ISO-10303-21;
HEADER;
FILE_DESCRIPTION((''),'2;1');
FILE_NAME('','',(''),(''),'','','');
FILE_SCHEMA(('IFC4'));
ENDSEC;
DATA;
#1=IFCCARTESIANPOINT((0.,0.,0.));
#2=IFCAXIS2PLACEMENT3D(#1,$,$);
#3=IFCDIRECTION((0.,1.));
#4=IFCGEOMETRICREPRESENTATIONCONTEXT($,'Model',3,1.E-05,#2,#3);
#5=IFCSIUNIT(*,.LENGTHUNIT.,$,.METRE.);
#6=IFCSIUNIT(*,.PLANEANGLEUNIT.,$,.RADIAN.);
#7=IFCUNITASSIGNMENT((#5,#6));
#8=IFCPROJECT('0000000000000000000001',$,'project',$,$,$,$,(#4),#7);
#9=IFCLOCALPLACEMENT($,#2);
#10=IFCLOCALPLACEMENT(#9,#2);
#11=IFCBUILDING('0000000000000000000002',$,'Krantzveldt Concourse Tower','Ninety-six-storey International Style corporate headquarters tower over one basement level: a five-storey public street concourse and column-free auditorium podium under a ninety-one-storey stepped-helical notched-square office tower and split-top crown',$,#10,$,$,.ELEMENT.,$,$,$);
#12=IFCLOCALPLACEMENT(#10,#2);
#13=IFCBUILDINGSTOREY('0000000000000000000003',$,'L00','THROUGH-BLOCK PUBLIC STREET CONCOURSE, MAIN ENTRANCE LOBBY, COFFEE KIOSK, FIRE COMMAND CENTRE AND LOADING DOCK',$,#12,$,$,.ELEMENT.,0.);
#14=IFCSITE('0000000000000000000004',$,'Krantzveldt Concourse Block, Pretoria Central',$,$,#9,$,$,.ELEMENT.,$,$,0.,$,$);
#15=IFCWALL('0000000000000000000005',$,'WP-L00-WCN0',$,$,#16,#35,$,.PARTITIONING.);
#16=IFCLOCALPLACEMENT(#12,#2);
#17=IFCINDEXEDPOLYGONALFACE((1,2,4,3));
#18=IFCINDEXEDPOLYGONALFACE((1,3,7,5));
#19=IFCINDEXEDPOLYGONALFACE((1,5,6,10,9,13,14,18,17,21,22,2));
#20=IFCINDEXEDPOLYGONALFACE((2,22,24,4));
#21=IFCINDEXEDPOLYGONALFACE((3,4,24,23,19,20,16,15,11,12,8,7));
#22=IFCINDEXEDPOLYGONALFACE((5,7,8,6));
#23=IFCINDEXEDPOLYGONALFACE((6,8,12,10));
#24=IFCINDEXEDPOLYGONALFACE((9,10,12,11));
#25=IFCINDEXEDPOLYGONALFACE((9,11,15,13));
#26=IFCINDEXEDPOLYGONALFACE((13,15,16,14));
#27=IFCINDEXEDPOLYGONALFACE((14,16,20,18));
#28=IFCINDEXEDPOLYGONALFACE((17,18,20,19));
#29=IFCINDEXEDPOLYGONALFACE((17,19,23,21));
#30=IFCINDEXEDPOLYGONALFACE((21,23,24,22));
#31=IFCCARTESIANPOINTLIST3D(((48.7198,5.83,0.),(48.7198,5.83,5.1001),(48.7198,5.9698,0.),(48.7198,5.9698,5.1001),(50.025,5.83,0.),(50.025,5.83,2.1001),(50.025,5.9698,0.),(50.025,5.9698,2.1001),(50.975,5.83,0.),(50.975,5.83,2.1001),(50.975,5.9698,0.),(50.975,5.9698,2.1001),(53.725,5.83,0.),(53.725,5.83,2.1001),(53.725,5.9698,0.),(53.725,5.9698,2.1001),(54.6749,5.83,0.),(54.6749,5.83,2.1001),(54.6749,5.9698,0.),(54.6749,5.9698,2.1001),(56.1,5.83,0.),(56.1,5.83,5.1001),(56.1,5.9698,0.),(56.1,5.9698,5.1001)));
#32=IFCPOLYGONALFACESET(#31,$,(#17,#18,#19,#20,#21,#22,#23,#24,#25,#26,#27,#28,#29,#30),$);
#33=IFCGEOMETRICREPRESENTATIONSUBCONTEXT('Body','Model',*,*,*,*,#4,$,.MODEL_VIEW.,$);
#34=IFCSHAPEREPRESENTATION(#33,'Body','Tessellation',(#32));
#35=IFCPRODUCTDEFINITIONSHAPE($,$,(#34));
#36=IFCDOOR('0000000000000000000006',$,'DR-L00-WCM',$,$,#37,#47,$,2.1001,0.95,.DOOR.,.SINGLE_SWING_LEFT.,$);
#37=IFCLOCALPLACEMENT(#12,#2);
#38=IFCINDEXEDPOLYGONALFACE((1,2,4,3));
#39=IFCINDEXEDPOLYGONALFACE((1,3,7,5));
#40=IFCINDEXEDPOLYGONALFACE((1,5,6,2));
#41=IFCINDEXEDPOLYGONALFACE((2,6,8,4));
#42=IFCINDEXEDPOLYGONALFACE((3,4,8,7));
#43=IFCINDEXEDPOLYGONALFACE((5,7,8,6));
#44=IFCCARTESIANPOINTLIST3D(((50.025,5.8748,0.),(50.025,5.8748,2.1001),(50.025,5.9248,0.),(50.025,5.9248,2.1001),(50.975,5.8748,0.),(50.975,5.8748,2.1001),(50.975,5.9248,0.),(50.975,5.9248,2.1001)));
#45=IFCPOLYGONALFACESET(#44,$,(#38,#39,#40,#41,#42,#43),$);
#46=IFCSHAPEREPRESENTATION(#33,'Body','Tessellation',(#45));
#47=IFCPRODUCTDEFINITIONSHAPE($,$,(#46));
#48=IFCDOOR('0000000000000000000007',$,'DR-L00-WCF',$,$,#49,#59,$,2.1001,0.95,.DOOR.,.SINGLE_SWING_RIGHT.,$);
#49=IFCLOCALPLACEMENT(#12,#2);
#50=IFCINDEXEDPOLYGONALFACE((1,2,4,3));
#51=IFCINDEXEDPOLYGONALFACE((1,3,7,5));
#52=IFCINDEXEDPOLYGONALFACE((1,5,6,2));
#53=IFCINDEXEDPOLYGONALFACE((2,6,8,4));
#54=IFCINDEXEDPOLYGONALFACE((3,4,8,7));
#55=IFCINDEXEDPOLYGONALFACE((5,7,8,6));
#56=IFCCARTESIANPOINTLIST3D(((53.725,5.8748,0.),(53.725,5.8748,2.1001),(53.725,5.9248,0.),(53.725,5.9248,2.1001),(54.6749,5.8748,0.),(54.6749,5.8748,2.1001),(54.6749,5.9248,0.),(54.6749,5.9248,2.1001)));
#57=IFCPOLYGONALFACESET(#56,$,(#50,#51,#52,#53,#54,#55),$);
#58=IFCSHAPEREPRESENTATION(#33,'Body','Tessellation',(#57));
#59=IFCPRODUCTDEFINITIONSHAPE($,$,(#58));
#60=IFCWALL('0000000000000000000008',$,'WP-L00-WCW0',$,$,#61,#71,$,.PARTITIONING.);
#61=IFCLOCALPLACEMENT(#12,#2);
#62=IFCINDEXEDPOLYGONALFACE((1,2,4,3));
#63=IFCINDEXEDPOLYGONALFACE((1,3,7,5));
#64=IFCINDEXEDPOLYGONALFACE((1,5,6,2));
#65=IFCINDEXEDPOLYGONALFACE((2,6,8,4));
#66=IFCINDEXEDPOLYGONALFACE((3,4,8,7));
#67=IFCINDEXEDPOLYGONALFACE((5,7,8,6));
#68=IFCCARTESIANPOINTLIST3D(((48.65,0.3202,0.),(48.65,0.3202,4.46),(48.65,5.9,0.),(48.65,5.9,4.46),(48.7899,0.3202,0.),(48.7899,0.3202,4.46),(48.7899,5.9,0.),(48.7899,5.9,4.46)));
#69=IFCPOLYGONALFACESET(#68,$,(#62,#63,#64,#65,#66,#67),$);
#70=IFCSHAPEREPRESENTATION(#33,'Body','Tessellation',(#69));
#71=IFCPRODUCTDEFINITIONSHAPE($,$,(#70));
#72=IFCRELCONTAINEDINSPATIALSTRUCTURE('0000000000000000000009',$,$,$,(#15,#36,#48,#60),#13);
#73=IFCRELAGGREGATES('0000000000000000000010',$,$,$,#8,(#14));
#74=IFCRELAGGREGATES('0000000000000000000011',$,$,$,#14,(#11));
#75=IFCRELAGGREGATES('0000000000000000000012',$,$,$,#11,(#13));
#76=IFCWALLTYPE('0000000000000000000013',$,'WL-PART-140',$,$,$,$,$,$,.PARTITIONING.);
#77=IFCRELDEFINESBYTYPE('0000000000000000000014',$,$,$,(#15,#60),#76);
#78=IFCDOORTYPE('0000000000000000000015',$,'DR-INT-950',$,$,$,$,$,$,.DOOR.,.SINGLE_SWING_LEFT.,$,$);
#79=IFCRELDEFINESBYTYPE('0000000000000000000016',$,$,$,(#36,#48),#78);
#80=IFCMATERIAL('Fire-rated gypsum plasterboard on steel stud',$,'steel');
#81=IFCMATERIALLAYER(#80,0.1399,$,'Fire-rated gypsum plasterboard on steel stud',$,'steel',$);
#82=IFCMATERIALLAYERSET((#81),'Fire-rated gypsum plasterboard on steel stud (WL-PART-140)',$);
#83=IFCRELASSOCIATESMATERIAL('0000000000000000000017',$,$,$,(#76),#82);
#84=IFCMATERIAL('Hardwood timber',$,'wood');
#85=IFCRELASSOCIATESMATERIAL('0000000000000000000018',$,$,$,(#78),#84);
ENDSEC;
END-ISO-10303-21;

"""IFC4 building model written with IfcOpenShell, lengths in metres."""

from ifc_helpers import new_model, si_unit, direction, frame, frame_2d, origin, place, context, subcontext, project, spatial, rectangle, extrude, material, layer, layer_set, type_object, element, fill, save


model = new_model("IFC4")

# Units and contexts
model_context = context("Model", 3, precision=1e-05, world=origin(), true_north=direction((0.0, 1.0)))
body_context = subcontext(model_context, "Body", "Model", "MODEL_VIEW")
ifc_project = project(units=[si_unit("LENGTHUNIT", "METRE"), si_unit("PLANEANGLEUNIT", "RADIAN")], contexts=[model_context])

# Site, building, storey
site_placement = place(None, origin())
site = spatial("IfcSite", under=ifc_project, at=site_placement, Name="Krantzveldt Concourse Block, Pretoria Central", CompositionType="ELEMENT", RefElevation=0.0)
building_placement = place(site_placement, origin())
building = spatial("IfcBuilding", under=site, at=building_placement, Name="Krantzveldt Concourse Tower", Description="Ninety-six-storey International Style corporate headquarters tower over one basement level: a five-storey public street concourse and column-free auditorium podium under a ninety-one-storey stepped-helical notched-square office tower and split-top crown", CompositionType="ELEMENT")
storey_placement = place(building_placement, origin())
storey = spatial("IfcBuildingStorey", under=building, at=storey_placement, Name="L00", Description="THROUGH-BLOCK PUBLIC STREET CONCOURSE, MAIN ENTRANCE LOBBY, COFFEE KIOSK, FIRE COMMAND CENTRE AND LOADING DOCK", CompositionType="ELEMENT", Elevation=0.0)

# Shared definitions
ifc_material_1 = material(Name="Fire-rated gypsum plasterboard on steel stud", Category="steel")

# Wall, openings, doors
ifc_layer_1 = layer(ifc_material_1, 0.1399, Name="Fire-rated gypsum plasterboard on steel stud", Category="steel")
ifc_layer_set_1 = layer_set([ifc_layer_1], Name="Fire-rated gypsum plasterboard on steel stud (WL-PART-140)")
wall_type_1 = type_object("IfcWallType", Name="WL-PART-140", PredefinedType="PARTITIONING", material=ifc_layer_set_1)
wall_1_placement = place(storey_placement, frame((48.72, 5.8999, 0.0), z_axis=(0.0, 0.0, 1.0), x_axis=(1.0, 0.0, 0.0)))
wall_1 = element("IfcWall", 1, at=wall_1_placement, inside=storey, type_object=wall_type_1, Name="WP-L00-WCN0", PredefinedType="PARTITIONING", context=body_context, shape_type="SweptSolid", body=[
    extrude(rectangle(XDim=7.3801, YDim=0.1399, at=frame_2d((3.6899, 0.0))), origin(), (0.0, 0.0, 1.0), 5.1001),
])
opening_1_placement = place(wall_1_placement, frame((1.3049, 0.0, 0.0)))
opening_1 = element("IfcOpeningElement", 2, at=opening_1_placement, cuts=wall_1, PredefinedType="OPENING", context=body_context, shape_type="SweptSolid", body=[
    extrude(rectangle(XDim=0.95, YDim=2.1001, at=frame_2d((0.4751, 1.05))), frame((0.0, 0.0801, 0.0), z_axis=(0.0, -1.0, 0.0), x_axis=(1.0, 0.0, 0.0)), (0.0, 0.0, 1.0), 0.1599),
])
opening_2_placement = place(wall_1_placement, frame((5.0049, 0.0, 0.0)))
opening_2 = element("IfcOpeningElement", 3, at=opening_2_placement, cuts=wall_1, PredefinedType="OPENING", context=body_context, shape_type="SweptSolid", body=[
    extrude(rectangle(XDim=0.95, YDim=2.1001, at=frame_2d((0.4751, 1.05))), frame((0.0, 0.0801, 0.0), z_axis=(0.0, -1.0, 0.0), x_axis=(1.0, 0.0, 0.0)), (0.0, 0.0, 1.0), 0.1599),
])
ifc_material_2 = material(Name="Hardwood timber", Category="wood")
door_type = type_object("IfcDoorType", Name="DR-INT-950", OperationType="SINGLE_SWING_LEFT", PredefinedType="DOOR", material=ifc_material_2)
door_1_placement = place(opening_1_placement, origin())
door_1 = element("IfcDoor", 4, at=door_1_placement, inside=storey, type_object=door_type, Name="DR-L00-WCM", OperationType="SINGLE_SWING_LEFT", OverallHeight=2.1001, OverallWidth=0.95, PredefinedType="DOOR", context=body_context, shape_type="SweptSolid", body=[
    extrude(rectangle(XDim=0.95, YDim=2.1001, at=frame_2d((0.4751, 1.05))), frame((0.0, 0.0249, 0.0), z_axis=(0.0, -1.0, 0.0), x_axis=(1.0, 0.0, 0.0)), (0.0, 0.0, 1.0), 0.05),
])
fill(opening_1, door_1)
door_2_placement = place(opening_2_placement, origin())
door_2 = element("IfcDoor", 5, at=door_2_placement, inside=storey, type_object=door_type, Name="DR-L00-WCF", OperationType="SINGLE_SWING_RIGHT", OverallHeight=2.1001, OverallWidth=0.95, PredefinedType="DOOR", context=body_context, shape_type="SweptSolid", body=[
    extrude(rectangle(XDim=0.95, YDim=2.1001, at=frame_2d((0.4751, 1.05))), frame((0.0, 0.0249, 0.0), z_axis=(0.0, -1.0, 0.0), x_axis=(1.0, 0.0, 0.0)), (0.0, 0.0, 1.0), 0.05),
])
fill(opening_2, door_2)

# Wall
wall_2_placement = place(storey_placement, frame((48.72, 0.3201, 0.0), z_axis=(0.0, 0.0, 1.0), x_axis=(0.0, 1.0, 0.0)))
element("IfcWall", 6, at=wall_2_placement, inside=storey, type_object=wall_type_1, Name="WP-L00-WCW0", PredefinedType="PARTITIONING", context=body_context, shape_type="SweptSolid", body=[
    extrude(rectangle(XDim=5.5798, YDim=0.1399, at=frame_2d((2.79, 0.0))), origin(), (0.0, 0.0, 1.0), 4.46),
])

save(model, "model.ifc")
